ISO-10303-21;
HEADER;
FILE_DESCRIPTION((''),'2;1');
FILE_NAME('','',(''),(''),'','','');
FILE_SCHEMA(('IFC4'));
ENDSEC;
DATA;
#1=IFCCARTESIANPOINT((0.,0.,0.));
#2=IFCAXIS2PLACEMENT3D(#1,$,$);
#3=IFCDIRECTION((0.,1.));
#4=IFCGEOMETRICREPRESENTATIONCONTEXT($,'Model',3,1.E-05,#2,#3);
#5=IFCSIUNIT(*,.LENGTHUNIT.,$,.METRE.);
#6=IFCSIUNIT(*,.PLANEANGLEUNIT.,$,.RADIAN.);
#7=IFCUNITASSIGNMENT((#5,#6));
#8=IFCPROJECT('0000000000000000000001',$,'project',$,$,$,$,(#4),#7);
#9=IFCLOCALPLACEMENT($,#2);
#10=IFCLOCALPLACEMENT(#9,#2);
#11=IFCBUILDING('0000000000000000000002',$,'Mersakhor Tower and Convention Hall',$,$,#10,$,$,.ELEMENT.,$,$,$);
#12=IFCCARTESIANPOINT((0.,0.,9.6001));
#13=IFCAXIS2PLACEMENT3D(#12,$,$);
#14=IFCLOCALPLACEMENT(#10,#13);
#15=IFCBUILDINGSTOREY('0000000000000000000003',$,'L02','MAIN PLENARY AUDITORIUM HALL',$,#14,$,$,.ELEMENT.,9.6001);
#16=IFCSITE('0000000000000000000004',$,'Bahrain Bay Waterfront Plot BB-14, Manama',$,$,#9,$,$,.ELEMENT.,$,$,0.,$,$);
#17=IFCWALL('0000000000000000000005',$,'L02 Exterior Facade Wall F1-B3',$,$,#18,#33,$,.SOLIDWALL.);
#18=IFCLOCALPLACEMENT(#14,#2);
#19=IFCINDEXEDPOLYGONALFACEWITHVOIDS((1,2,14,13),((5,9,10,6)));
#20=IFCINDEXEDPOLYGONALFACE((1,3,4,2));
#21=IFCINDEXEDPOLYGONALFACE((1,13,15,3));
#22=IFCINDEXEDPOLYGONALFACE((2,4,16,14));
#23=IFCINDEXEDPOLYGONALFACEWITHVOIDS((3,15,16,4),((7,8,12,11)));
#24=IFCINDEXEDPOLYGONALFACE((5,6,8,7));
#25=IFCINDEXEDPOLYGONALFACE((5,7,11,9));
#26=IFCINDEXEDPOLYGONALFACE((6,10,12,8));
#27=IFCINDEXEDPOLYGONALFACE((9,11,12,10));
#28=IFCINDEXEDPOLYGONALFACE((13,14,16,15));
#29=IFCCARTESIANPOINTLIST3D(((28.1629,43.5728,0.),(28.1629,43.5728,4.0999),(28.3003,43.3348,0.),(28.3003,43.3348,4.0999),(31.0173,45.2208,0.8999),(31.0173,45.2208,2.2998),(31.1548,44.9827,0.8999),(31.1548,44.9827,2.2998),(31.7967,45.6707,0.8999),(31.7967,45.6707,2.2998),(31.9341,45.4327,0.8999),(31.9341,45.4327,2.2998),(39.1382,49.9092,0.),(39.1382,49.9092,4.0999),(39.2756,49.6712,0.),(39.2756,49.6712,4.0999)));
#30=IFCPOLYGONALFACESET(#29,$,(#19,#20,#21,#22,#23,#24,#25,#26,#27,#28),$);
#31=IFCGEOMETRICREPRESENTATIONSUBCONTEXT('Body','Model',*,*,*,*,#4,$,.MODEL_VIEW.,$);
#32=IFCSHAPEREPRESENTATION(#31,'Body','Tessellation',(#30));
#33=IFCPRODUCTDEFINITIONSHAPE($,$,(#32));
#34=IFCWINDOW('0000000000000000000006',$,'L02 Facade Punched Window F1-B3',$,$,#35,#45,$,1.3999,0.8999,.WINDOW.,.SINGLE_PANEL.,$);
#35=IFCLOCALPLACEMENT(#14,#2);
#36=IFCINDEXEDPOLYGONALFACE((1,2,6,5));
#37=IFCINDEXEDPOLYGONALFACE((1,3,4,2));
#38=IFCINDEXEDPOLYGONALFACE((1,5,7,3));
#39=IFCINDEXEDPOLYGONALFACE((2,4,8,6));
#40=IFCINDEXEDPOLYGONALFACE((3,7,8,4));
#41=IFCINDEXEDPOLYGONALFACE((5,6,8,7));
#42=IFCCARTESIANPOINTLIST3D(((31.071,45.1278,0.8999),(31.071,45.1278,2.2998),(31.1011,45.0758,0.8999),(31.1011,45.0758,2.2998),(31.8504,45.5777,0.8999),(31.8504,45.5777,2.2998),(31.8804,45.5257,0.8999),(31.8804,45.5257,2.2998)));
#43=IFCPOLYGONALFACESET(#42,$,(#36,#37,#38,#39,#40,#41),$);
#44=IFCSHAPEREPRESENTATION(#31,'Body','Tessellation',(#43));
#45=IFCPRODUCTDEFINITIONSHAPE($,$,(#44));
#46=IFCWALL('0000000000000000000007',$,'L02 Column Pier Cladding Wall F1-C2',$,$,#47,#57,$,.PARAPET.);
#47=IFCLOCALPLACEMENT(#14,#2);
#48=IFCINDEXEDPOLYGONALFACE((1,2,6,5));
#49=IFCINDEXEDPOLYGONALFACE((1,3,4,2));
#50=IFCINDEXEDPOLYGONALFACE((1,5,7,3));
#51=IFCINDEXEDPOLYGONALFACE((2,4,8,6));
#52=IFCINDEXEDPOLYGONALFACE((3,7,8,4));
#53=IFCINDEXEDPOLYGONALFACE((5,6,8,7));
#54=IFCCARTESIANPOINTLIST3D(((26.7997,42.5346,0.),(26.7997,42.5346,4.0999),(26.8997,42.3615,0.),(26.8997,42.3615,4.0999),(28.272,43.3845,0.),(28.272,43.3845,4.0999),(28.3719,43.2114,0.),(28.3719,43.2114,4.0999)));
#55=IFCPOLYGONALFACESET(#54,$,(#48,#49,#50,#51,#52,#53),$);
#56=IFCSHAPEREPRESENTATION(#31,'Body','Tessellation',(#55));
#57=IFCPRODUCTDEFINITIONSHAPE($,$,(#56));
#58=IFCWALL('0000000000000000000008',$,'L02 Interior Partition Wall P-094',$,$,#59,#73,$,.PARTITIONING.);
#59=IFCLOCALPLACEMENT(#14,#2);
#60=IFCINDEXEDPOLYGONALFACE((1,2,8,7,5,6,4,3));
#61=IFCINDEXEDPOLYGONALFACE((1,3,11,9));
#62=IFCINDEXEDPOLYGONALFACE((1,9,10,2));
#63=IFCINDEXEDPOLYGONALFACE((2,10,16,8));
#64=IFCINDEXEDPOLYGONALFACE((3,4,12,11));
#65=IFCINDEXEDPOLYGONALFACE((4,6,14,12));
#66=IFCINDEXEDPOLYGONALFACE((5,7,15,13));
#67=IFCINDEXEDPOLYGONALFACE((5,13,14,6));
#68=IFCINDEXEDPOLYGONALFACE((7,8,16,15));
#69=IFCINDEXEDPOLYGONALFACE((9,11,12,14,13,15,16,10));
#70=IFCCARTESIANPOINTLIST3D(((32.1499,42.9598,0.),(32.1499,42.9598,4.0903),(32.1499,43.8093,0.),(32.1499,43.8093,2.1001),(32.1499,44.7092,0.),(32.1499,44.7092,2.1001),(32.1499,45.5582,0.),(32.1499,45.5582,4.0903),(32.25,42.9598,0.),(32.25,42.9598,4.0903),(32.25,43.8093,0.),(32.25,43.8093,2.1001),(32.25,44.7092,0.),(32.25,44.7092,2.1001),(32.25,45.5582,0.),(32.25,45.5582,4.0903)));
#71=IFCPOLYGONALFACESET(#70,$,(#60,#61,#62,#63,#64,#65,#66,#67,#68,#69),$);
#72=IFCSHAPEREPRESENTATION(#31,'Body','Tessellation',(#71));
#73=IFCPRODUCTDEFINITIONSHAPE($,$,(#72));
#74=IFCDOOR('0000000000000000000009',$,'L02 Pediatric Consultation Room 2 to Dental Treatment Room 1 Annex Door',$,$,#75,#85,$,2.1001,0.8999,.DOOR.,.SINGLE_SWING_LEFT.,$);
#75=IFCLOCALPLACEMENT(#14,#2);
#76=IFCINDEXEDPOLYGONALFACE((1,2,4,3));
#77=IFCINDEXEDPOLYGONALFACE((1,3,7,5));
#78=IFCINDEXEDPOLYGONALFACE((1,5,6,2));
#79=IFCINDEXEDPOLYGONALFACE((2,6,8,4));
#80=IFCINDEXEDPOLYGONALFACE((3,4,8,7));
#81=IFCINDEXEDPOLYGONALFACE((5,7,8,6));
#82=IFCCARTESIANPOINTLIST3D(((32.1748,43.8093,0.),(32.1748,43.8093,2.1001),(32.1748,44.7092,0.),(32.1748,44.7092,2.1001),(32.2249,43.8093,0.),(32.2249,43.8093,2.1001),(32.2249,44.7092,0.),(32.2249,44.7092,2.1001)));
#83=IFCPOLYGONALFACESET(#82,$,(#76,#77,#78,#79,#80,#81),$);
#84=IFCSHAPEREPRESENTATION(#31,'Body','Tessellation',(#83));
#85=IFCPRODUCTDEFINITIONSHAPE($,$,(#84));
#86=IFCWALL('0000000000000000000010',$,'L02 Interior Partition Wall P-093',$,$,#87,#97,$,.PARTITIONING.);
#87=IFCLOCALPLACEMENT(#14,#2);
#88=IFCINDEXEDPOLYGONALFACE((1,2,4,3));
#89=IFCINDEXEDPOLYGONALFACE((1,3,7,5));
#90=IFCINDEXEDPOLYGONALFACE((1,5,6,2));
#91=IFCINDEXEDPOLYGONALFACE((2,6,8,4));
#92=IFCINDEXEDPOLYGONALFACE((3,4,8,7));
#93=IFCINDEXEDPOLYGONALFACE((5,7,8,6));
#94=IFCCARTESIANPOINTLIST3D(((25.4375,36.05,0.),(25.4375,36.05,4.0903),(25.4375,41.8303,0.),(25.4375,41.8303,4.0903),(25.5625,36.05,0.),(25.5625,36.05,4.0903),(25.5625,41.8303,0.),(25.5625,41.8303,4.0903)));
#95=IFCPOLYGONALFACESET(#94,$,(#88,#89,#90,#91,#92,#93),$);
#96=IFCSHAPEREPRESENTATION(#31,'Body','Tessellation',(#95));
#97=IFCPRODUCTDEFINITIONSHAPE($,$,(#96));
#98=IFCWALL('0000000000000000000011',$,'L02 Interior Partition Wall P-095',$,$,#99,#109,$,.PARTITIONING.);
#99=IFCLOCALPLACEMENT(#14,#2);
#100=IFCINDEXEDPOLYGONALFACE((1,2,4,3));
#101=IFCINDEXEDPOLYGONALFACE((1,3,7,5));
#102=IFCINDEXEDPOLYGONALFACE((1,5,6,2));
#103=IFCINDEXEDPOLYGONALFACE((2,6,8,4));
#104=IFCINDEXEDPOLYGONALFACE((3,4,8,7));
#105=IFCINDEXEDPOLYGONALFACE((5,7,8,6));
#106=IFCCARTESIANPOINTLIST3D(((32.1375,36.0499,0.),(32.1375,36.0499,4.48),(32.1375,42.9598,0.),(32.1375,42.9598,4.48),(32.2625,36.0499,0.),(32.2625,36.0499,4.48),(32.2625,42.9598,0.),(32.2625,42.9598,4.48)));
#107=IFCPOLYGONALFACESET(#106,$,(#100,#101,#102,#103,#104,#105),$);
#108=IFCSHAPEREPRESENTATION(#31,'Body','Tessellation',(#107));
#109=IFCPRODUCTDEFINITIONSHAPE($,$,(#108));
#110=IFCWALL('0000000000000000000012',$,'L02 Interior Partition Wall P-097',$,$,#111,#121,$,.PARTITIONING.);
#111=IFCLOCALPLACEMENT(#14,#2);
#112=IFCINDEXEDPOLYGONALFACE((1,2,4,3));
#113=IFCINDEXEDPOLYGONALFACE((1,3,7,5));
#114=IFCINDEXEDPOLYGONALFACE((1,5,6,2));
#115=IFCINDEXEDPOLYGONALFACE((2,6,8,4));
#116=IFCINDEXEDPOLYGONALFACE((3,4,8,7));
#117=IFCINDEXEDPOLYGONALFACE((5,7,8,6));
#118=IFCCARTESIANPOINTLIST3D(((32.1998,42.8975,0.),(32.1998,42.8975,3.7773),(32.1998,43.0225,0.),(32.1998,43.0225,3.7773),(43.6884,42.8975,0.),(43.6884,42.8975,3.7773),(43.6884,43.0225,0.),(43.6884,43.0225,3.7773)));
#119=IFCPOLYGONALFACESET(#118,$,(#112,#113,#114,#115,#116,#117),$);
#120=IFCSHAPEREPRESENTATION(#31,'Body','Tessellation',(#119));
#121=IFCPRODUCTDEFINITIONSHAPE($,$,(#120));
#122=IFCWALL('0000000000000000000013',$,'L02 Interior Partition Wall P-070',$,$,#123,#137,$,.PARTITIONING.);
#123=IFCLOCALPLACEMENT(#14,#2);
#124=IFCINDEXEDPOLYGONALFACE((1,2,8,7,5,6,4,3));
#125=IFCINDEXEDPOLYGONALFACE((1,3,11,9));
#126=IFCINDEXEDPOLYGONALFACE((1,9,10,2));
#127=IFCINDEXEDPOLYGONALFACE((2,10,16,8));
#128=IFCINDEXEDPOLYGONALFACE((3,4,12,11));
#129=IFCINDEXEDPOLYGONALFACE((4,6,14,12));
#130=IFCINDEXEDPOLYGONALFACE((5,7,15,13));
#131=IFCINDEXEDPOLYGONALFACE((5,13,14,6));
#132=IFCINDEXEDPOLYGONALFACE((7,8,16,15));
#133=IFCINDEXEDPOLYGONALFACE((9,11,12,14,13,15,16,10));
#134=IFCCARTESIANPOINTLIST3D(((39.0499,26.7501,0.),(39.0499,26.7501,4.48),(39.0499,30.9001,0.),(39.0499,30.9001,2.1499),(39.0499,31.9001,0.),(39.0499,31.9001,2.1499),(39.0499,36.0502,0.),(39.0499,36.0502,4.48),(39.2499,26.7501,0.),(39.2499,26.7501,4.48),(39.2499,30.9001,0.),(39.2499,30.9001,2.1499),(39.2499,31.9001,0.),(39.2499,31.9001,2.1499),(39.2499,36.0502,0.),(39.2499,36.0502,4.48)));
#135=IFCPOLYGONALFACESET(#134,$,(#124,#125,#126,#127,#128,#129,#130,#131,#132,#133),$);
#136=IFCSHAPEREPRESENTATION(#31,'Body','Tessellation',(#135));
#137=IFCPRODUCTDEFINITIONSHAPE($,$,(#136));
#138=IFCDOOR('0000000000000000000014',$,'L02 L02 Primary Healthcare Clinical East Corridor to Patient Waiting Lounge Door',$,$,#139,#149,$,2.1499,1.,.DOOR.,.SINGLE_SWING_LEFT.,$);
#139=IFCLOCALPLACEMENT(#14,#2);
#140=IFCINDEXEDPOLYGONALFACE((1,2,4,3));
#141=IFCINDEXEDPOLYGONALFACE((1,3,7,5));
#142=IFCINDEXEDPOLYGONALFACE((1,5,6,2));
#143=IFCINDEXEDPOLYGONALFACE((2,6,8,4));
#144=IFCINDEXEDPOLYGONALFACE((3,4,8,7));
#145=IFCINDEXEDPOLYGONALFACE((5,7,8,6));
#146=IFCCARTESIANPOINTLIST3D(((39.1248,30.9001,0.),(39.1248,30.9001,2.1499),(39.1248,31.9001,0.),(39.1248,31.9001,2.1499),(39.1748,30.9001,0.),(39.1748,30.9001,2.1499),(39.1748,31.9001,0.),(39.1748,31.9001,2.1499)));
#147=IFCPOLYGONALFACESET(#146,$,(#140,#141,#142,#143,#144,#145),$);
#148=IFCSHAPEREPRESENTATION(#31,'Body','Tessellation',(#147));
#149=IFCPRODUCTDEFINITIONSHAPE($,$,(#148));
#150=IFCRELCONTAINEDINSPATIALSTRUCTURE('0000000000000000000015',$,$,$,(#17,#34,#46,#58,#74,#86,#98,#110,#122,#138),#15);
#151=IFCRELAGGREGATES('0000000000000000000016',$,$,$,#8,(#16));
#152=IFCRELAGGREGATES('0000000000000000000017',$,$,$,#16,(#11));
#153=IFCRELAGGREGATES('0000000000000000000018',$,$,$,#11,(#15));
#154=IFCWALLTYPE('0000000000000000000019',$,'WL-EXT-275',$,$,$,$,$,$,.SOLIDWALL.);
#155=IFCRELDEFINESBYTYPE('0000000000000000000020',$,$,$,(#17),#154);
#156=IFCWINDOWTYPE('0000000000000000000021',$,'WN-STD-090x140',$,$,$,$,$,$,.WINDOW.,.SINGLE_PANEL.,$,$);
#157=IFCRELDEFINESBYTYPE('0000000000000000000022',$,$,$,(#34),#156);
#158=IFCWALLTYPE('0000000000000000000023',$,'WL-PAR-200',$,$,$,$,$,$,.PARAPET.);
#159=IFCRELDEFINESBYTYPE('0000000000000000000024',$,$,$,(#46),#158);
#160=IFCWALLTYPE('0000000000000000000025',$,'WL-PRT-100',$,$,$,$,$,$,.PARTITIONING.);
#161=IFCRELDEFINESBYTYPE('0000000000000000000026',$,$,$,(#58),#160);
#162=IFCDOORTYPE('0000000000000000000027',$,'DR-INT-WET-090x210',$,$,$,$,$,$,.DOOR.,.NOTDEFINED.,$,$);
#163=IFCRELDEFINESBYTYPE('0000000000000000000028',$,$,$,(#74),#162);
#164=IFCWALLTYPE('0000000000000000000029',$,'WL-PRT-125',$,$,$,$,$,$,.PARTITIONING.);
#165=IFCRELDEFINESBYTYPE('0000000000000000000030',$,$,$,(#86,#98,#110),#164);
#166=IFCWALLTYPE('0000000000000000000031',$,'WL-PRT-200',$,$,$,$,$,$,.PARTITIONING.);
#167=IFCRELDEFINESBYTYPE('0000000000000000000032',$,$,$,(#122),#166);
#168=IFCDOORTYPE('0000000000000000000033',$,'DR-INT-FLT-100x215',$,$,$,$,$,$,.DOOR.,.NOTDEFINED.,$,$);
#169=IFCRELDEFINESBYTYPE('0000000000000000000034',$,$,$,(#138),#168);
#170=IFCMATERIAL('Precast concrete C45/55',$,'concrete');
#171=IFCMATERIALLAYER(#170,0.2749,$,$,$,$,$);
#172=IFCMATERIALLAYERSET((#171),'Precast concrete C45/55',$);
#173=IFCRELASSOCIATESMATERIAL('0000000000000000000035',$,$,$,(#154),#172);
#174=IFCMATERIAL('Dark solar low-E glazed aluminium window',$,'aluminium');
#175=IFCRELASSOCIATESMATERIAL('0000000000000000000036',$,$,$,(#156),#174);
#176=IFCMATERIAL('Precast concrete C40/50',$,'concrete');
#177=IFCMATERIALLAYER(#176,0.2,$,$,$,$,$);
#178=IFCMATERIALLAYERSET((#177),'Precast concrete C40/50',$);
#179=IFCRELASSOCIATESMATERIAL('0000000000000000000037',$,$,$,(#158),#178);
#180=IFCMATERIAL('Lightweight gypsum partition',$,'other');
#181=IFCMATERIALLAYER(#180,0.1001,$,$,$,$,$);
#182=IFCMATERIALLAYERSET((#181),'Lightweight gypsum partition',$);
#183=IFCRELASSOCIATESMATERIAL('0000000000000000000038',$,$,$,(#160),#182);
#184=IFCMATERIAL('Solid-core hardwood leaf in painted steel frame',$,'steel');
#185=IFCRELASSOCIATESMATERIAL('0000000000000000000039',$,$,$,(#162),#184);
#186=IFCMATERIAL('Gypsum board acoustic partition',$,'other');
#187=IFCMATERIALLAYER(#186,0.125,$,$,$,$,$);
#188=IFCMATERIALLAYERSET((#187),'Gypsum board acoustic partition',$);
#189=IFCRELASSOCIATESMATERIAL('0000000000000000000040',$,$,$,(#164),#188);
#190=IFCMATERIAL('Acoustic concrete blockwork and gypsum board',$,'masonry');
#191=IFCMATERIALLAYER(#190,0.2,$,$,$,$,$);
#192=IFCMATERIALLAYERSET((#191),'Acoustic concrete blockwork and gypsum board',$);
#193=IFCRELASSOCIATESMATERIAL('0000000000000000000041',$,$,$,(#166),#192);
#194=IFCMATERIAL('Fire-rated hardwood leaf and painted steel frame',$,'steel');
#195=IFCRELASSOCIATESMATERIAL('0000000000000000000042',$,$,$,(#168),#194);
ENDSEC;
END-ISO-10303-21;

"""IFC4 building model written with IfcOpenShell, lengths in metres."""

from ifc_helpers import new_model, si_unit, direction, frame, frame_2d, origin, place, context, subcontext, project, spatial, rectangle, extrude, material, layer, layer_set, type_object, element, fill, save


model = new_model("IFC4")

# Units and contexts
model_context = context("Model", 3, precision=1e-05, world=origin(), true_north=direction((0.0, 1.0)))
body_context = subcontext(model_context, "Body", "Model", "MODEL_VIEW")
ifc_project = project(units=[si_unit("LENGTHUNIT", "METRE"), si_unit("PLANEANGLEUNIT", "RADIAN")], contexts=[model_context])

# Site, building, storey
site_placement = place(None, origin())
site = spatial("IfcSite", under=ifc_project, at=site_placement, Name="Bahrain Bay Waterfront Plot BB-14, Manama", CompositionType="ELEMENT", RefElevation=0.0)
building_placement = place(site_placement, origin())
building = spatial("IfcBuilding", under=site, at=building_placement, Name="Mersakhor Tower and Convention Hall", CompositionType="ELEMENT")
storey_placement = place(building_placement, frame((0.0, 0.0, 9.6001)))
storey = spatial("IfcBuildingStorey", under=building, at=storey_placement, Name="L02", Description="MAIN PLENARY AUDITORIUM HALL", CompositionType="ELEMENT", Elevation=9.6001)

# Shared definitions
ifc_material_1 = material(Name="Precast concrete C45/55", Category="concrete")
ifc_layer_1 = layer(ifc_material_1, 0.2749)
ifc_layer_set_1 = layer_set([ifc_layer_1], Name="Precast concrete C45/55")
wall_type_1 = type_object("IfcWallType", Name="WL-EXT-275", PredefinedType="SOLIDWALL", material=ifc_layer_set_1)

# Wall, opening, window
wall_1_placement = place(storey_placement, frame((28.2317, 43.4539, 0.0), z_axis=(0.0, 0.0, 1.0), x_axis=(0.866032, 0.499989, 0.0)))
wall_1 = element("IfcWall", 1, at=wall_1_placement, inside=storey, type_object=wall_type_1, Name="L02 Exterior Facade Wall F1-B3", PredefinedType="SOLIDWALL", context=body_context, shape_type="SweptSolid", body=[
    extrude(rectangle(XDim=12.6731, YDim=0.2749, at=frame_2d((6.3364, 0.0))), origin(), (0.0, 0.0, 1.0), 4.0999),
])
opening_1_placement = place(wall_1_placement, frame((3.2959, 0.0, 0.8999)))
opening_1 = element("IfcOpeningElement", 2, at=opening_1_placement, cuts=wall_1, PredefinedType="OPENING", context=body_context, shape_type="SweptSolid", body=[
    extrude(rectangle(XDim=0.8999, YDim=1.3999, at=frame_2d((0.45, 0.7))), frame((0.0, 0.1475, 0.0), z_axis=(0.0, -1.0, 0.0), x_axis=(1.0, 0.0, 0.0)), (0.0, 0.0, 1.0), 0.2949),
])
ifc_material_2 = material(Name="Dark solar low-E glazed aluminium window", Category="aluminium")
window_type = type_object("IfcWindowType", Name="WN-STD-090x140", PartitioningType="SINGLE_PANEL", PredefinedType="WINDOW", material=ifc_material_2)
window_placement = place(opening_1_placement, origin())
window = element("IfcWindow", 3, at=window_placement, inside=storey, type_object=window_type, Name="L02 Facade Punched Window F1-B3", OverallHeight=1.3999, OverallWidth=0.8999, PartitioningType="SINGLE_PANEL", PredefinedType="WINDOW", context=body_context, shape_type="SweptSolid", body=[
    extrude(rectangle(XDim=0.8999, YDim=1.3999, at=frame_2d((0.45, 0.7))), frame((0.0, 0.03, 0.0), z_axis=(0.0, -1.0, 0.0), x_axis=(1.0, 0.0, 0.0)), (0.0, 0.0, 1.0), 0.0601),
])
fill(opening_1, window)

# Wall
ifc_material_3 = material(Name="Precast concrete C40/50", Category="concrete")
ifc_layer_2 = layer(ifc_material_3, 0.2)
ifc_layer_set_2 = layer_set([ifc_layer_2], Name="Precast concrete C40/50")
wall_type_2 = type_object("IfcWallType", Name="WL-PAR-200", PredefinedType="PARAPET", material=ifc_layer_set_2)
wall_2_placement = place(storey_placement, frame((26.8496, 42.448, 0.0), z_axis=(0.0, 0.0, 1.0), x_axis=(0.866052, 0.499955, 0.0)))
element("IfcWall", 4, at=wall_2_placement, inside=storey, type_object=wall_type_2, Name="L02 Column Pier Cladding Wall F1-C2", PredefinedType="PARAPET", context=body_context, shape_type="SweptSolid", body=[
    extrude(rectangle(XDim=1.7, YDim=0.2, at=frame_2d((0.8501, 0.0))), origin(), (0.0, 0.0, 1.0), 4.0999),
])

# Wall, opening, door
ifc_material_4 = material(Name="Lightweight gypsum partition", Category="other")
ifc_layer_3 = layer(ifc_material_4, 0.1001)
ifc_layer_set_3 = layer_set([ifc_layer_3], Name="Lightweight gypsum partition")
wall_type_3 = type_object("IfcWallType", Name="WL-PRT-100", PredefinedType="PARTITIONING", material=ifc_layer_set_3)
wall_3_placement = place(storey_placement, frame((32.2, 45.5583, 0.0), z_axis=(0.0, 0.0, 1.0), x_axis=(0.0, -1.0, 0.0)))
wall_3 = element("IfcWall", 5, at=wall_3_placement, inside=storey, type_object=wall_type_3, Name="L02 Interior Partition Wall P-094", PredefinedType="PARTITIONING", context=body_context, shape_type="SweptSolid", body=[
    extrude(rectangle(XDim=2.5984, YDim=0.1001, at=frame_2d((1.2993, 0.0))), origin(), (0.0, 0.0, 1.0), 4.0903),
])
opening_2_placement = place(wall_3_placement, frame((0.8491, 0.0, 0.0)))
opening_2 = element("IfcOpeningElement", 6, at=opening_2_placement, cuts=wall_3, PredefinedType="OPENING", context=body_context, shape_type="SweptSolid", body=[
    extrude(rectangle(XDim=0.8999, YDim=2.1001, at=frame_2d((0.45, 1.05))), frame((0.0, 0.0601, 0.0), z_axis=(0.0, -1.0, 0.0), x_axis=(1.0, 0.0, 0.0)), (0.0, 0.0, 1.0), 0.1201),
])
ifc_material_5 = material(Name="Solid-core hardwood leaf in painted steel frame", Category="steel")
door_type_1 = type_object("IfcDoorType", Name="DR-INT-WET-090x210", OperationType="NOTDEFINED", PredefinedType="DOOR", material=ifc_material_5)
door_1_placement = place(opening_2_placement, origin())
door_1 = element("IfcDoor", 7, at=door_1_placement, inside=storey, type_object=door_type_1, Name="L02 Pediatric Consultation Room 2 to Dental Treatment Room 1 Annex Door", OperationType="SINGLE_SWING_LEFT", OverallHeight=2.1001, OverallWidth=0.8999, PredefinedType="DOOR", context=body_context, shape_type="SweptSolid", body=[
    extrude(rectangle(XDim=0.8999, YDim=2.1001, at=frame_2d((0.45, 1.05))), frame((0.0, 0.0249, 0.0), z_axis=(0.0, -1.0, 0.0), x_axis=(1.0, 0.0, 0.0)), (0.0, 0.0, 1.0), 0.05),
])
fill(opening_2, door_1)

# Walls
ifc_material_6 = material(Name="Gypsum board acoustic partition", Category="other")
ifc_layer_4 = layer(ifc_material_6, 0.125)
ifc_layer_set_4 = layer_set([ifc_layer_4], Name="Gypsum board acoustic partition")
wall_type_4 = type_object("IfcWallType", Name="WL-PRT-125", PredefinedType="PARTITIONING", material=ifc_layer_set_4)
wall_4_placement = place(storey_placement, frame((25.5, 41.8303, 0.0), z_axis=(0.0, 0.0, 1.0), x_axis=(0.0, -1.0, 0.0)))
element("IfcWall", 8, at=wall_4_placement, inside=storey, type_object=wall_type_4, Name="L02 Interior Partition Wall P-093", PredefinedType="PARTITIONING", context=body_context, shape_type="SweptSolid", body=[
    extrude(rectangle(XDim=5.7803, YDim=0.125, at=frame_2d((2.8901, 0.0))), origin(), (0.0, 0.0, 1.0), 4.0903),
])
wall_5_placement = place(storey_placement, frame((32.2, 42.96, 0.0), z_axis=(0.0, 0.0, 1.0), x_axis=(0.0, -1.0, 0.0)))
element("IfcWall", 9, at=wall_5_placement, inside=storey, type_object=wall_type_4, Name="L02 Interior Partition Wall P-095", PredefinedType="PARTITIONING", context=body_context, shape_type="SweptSolid", body=[
    extrude(rectangle(XDim=6.9099, YDim=0.125, at=frame_2d((3.4551, 0.0))), origin(), (0.0, 0.0, 1.0), 4.48),
])
wall_6_placement = place(storey_placement, frame((32.2, 42.96, 0.0), z_axis=(0.0, 0.0, 1.0), x_axis=(1.0, 0.0, 0.0)))
element("IfcWall", 10, at=wall_6_placement, inside=storey, type_object=wall_type_4, Name="L02 Interior Partition Wall P-097", PredefinedType="PARTITIONING", context=body_context, shape_type="SweptSolid", body=[
    extrude(rectangle(XDim=11.4885, YDim=0.125, at=frame_2d((5.7441, 0.0))), origin(), (0.0, 0.0, 1.0), 3.7773),
])

# Wall, opening, door
ifc_material_7 = material(Name="Acoustic concrete blockwork and gypsum board", Category="masonry")
ifc_layer_5 = layer(ifc_material_7, 0.2)
ifc_layer_set_5 = layer_set([ifc_layer_5], Name="Acoustic concrete blockwork and gypsum board")
wall_type_5 = type_object("IfcWallType", Name="WL-PRT-200", PredefinedType="PARTITIONING", material=ifc_layer_set_5)
wall_7_placement = place(storey_placement, frame((39.1499, 36.05, 0.0), z_axis=(0.0, 0.0, 1.0), x_axis=(0.0, -1.0, 0.0)))
wall_7 = element("IfcWall", 11, at=wall_7_placement, inside=storey, type_object=wall_type_5, Name="L02 Interior Partition Wall P-070", PredefinedType="PARTITIONING", context=body_context, shape_type="SweptSolid", body=[
    extrude(rectangle(XDim=9.3, YDim=0.2, at=frame_2d((4.6499, 0.0))), origin(), (0.0, 0.0, 1.0), 4.48),
])
opening_3_placement = place(wall_7_placement, frame((4.1499, 0.0, 0.0)))
opening_3 = element("IfcOpeningElement", 12, at=opening_3_placement, cuts=wall_7, PredefinedType="OPENING", context=body_context, shape_type="SweptSolid", body=[
    extrude(rectangle(XDim=1.0, YDim=2.1499, at=frame_2d((0.5, 1.075))), frame((0.0, 0.1099, 0.0), z_axis=(0.0, -1.0, 0.0), x_axis=(1.0, 0.0, 0.0)), (0.0, 0.0, 1.0), 0.22),
])
ifc_material_8 = material(Name="Fire-rated hardwood leaf and painted steel frame", Category="steel")
door_type_2 = type_object("IfcDoorType", Name="DR-INT-FLT-100x215", OperationType="NOTDEFINED", PredefinedType="DOOR", material=ifc_material_8)
door_2_placement = place(opening_3_placement, origin())
door_2 = element("IfcDoor", 13, at=door_2_placement, inside=storey, type_object=door_type_2, Name="L02 L02 Primary Healthcare Clinical East Corridor to Patient Waiting Lounge Door", OperationType="SINGLE_SWING_LEFT", OverallHeight=2.1499, OverallWidth=1.0, PredefinedType="DOOR", context=body_context, shape_type="SweptSolid", body=[
    extrude(rectangle(XDim=1.0, YDim=2.1499, at=frame_2d((0.5, 1.075))), frame((0.0, 0.0249, 0.0), z_axis=(0.0, -1.0, 0.0), x_axis=(1.0, 0.0, 0.0)), (0.0, 0.0, 1.0), 0.05),
])
fill(opening_3, door_2)

save(model, "model.ifc")
